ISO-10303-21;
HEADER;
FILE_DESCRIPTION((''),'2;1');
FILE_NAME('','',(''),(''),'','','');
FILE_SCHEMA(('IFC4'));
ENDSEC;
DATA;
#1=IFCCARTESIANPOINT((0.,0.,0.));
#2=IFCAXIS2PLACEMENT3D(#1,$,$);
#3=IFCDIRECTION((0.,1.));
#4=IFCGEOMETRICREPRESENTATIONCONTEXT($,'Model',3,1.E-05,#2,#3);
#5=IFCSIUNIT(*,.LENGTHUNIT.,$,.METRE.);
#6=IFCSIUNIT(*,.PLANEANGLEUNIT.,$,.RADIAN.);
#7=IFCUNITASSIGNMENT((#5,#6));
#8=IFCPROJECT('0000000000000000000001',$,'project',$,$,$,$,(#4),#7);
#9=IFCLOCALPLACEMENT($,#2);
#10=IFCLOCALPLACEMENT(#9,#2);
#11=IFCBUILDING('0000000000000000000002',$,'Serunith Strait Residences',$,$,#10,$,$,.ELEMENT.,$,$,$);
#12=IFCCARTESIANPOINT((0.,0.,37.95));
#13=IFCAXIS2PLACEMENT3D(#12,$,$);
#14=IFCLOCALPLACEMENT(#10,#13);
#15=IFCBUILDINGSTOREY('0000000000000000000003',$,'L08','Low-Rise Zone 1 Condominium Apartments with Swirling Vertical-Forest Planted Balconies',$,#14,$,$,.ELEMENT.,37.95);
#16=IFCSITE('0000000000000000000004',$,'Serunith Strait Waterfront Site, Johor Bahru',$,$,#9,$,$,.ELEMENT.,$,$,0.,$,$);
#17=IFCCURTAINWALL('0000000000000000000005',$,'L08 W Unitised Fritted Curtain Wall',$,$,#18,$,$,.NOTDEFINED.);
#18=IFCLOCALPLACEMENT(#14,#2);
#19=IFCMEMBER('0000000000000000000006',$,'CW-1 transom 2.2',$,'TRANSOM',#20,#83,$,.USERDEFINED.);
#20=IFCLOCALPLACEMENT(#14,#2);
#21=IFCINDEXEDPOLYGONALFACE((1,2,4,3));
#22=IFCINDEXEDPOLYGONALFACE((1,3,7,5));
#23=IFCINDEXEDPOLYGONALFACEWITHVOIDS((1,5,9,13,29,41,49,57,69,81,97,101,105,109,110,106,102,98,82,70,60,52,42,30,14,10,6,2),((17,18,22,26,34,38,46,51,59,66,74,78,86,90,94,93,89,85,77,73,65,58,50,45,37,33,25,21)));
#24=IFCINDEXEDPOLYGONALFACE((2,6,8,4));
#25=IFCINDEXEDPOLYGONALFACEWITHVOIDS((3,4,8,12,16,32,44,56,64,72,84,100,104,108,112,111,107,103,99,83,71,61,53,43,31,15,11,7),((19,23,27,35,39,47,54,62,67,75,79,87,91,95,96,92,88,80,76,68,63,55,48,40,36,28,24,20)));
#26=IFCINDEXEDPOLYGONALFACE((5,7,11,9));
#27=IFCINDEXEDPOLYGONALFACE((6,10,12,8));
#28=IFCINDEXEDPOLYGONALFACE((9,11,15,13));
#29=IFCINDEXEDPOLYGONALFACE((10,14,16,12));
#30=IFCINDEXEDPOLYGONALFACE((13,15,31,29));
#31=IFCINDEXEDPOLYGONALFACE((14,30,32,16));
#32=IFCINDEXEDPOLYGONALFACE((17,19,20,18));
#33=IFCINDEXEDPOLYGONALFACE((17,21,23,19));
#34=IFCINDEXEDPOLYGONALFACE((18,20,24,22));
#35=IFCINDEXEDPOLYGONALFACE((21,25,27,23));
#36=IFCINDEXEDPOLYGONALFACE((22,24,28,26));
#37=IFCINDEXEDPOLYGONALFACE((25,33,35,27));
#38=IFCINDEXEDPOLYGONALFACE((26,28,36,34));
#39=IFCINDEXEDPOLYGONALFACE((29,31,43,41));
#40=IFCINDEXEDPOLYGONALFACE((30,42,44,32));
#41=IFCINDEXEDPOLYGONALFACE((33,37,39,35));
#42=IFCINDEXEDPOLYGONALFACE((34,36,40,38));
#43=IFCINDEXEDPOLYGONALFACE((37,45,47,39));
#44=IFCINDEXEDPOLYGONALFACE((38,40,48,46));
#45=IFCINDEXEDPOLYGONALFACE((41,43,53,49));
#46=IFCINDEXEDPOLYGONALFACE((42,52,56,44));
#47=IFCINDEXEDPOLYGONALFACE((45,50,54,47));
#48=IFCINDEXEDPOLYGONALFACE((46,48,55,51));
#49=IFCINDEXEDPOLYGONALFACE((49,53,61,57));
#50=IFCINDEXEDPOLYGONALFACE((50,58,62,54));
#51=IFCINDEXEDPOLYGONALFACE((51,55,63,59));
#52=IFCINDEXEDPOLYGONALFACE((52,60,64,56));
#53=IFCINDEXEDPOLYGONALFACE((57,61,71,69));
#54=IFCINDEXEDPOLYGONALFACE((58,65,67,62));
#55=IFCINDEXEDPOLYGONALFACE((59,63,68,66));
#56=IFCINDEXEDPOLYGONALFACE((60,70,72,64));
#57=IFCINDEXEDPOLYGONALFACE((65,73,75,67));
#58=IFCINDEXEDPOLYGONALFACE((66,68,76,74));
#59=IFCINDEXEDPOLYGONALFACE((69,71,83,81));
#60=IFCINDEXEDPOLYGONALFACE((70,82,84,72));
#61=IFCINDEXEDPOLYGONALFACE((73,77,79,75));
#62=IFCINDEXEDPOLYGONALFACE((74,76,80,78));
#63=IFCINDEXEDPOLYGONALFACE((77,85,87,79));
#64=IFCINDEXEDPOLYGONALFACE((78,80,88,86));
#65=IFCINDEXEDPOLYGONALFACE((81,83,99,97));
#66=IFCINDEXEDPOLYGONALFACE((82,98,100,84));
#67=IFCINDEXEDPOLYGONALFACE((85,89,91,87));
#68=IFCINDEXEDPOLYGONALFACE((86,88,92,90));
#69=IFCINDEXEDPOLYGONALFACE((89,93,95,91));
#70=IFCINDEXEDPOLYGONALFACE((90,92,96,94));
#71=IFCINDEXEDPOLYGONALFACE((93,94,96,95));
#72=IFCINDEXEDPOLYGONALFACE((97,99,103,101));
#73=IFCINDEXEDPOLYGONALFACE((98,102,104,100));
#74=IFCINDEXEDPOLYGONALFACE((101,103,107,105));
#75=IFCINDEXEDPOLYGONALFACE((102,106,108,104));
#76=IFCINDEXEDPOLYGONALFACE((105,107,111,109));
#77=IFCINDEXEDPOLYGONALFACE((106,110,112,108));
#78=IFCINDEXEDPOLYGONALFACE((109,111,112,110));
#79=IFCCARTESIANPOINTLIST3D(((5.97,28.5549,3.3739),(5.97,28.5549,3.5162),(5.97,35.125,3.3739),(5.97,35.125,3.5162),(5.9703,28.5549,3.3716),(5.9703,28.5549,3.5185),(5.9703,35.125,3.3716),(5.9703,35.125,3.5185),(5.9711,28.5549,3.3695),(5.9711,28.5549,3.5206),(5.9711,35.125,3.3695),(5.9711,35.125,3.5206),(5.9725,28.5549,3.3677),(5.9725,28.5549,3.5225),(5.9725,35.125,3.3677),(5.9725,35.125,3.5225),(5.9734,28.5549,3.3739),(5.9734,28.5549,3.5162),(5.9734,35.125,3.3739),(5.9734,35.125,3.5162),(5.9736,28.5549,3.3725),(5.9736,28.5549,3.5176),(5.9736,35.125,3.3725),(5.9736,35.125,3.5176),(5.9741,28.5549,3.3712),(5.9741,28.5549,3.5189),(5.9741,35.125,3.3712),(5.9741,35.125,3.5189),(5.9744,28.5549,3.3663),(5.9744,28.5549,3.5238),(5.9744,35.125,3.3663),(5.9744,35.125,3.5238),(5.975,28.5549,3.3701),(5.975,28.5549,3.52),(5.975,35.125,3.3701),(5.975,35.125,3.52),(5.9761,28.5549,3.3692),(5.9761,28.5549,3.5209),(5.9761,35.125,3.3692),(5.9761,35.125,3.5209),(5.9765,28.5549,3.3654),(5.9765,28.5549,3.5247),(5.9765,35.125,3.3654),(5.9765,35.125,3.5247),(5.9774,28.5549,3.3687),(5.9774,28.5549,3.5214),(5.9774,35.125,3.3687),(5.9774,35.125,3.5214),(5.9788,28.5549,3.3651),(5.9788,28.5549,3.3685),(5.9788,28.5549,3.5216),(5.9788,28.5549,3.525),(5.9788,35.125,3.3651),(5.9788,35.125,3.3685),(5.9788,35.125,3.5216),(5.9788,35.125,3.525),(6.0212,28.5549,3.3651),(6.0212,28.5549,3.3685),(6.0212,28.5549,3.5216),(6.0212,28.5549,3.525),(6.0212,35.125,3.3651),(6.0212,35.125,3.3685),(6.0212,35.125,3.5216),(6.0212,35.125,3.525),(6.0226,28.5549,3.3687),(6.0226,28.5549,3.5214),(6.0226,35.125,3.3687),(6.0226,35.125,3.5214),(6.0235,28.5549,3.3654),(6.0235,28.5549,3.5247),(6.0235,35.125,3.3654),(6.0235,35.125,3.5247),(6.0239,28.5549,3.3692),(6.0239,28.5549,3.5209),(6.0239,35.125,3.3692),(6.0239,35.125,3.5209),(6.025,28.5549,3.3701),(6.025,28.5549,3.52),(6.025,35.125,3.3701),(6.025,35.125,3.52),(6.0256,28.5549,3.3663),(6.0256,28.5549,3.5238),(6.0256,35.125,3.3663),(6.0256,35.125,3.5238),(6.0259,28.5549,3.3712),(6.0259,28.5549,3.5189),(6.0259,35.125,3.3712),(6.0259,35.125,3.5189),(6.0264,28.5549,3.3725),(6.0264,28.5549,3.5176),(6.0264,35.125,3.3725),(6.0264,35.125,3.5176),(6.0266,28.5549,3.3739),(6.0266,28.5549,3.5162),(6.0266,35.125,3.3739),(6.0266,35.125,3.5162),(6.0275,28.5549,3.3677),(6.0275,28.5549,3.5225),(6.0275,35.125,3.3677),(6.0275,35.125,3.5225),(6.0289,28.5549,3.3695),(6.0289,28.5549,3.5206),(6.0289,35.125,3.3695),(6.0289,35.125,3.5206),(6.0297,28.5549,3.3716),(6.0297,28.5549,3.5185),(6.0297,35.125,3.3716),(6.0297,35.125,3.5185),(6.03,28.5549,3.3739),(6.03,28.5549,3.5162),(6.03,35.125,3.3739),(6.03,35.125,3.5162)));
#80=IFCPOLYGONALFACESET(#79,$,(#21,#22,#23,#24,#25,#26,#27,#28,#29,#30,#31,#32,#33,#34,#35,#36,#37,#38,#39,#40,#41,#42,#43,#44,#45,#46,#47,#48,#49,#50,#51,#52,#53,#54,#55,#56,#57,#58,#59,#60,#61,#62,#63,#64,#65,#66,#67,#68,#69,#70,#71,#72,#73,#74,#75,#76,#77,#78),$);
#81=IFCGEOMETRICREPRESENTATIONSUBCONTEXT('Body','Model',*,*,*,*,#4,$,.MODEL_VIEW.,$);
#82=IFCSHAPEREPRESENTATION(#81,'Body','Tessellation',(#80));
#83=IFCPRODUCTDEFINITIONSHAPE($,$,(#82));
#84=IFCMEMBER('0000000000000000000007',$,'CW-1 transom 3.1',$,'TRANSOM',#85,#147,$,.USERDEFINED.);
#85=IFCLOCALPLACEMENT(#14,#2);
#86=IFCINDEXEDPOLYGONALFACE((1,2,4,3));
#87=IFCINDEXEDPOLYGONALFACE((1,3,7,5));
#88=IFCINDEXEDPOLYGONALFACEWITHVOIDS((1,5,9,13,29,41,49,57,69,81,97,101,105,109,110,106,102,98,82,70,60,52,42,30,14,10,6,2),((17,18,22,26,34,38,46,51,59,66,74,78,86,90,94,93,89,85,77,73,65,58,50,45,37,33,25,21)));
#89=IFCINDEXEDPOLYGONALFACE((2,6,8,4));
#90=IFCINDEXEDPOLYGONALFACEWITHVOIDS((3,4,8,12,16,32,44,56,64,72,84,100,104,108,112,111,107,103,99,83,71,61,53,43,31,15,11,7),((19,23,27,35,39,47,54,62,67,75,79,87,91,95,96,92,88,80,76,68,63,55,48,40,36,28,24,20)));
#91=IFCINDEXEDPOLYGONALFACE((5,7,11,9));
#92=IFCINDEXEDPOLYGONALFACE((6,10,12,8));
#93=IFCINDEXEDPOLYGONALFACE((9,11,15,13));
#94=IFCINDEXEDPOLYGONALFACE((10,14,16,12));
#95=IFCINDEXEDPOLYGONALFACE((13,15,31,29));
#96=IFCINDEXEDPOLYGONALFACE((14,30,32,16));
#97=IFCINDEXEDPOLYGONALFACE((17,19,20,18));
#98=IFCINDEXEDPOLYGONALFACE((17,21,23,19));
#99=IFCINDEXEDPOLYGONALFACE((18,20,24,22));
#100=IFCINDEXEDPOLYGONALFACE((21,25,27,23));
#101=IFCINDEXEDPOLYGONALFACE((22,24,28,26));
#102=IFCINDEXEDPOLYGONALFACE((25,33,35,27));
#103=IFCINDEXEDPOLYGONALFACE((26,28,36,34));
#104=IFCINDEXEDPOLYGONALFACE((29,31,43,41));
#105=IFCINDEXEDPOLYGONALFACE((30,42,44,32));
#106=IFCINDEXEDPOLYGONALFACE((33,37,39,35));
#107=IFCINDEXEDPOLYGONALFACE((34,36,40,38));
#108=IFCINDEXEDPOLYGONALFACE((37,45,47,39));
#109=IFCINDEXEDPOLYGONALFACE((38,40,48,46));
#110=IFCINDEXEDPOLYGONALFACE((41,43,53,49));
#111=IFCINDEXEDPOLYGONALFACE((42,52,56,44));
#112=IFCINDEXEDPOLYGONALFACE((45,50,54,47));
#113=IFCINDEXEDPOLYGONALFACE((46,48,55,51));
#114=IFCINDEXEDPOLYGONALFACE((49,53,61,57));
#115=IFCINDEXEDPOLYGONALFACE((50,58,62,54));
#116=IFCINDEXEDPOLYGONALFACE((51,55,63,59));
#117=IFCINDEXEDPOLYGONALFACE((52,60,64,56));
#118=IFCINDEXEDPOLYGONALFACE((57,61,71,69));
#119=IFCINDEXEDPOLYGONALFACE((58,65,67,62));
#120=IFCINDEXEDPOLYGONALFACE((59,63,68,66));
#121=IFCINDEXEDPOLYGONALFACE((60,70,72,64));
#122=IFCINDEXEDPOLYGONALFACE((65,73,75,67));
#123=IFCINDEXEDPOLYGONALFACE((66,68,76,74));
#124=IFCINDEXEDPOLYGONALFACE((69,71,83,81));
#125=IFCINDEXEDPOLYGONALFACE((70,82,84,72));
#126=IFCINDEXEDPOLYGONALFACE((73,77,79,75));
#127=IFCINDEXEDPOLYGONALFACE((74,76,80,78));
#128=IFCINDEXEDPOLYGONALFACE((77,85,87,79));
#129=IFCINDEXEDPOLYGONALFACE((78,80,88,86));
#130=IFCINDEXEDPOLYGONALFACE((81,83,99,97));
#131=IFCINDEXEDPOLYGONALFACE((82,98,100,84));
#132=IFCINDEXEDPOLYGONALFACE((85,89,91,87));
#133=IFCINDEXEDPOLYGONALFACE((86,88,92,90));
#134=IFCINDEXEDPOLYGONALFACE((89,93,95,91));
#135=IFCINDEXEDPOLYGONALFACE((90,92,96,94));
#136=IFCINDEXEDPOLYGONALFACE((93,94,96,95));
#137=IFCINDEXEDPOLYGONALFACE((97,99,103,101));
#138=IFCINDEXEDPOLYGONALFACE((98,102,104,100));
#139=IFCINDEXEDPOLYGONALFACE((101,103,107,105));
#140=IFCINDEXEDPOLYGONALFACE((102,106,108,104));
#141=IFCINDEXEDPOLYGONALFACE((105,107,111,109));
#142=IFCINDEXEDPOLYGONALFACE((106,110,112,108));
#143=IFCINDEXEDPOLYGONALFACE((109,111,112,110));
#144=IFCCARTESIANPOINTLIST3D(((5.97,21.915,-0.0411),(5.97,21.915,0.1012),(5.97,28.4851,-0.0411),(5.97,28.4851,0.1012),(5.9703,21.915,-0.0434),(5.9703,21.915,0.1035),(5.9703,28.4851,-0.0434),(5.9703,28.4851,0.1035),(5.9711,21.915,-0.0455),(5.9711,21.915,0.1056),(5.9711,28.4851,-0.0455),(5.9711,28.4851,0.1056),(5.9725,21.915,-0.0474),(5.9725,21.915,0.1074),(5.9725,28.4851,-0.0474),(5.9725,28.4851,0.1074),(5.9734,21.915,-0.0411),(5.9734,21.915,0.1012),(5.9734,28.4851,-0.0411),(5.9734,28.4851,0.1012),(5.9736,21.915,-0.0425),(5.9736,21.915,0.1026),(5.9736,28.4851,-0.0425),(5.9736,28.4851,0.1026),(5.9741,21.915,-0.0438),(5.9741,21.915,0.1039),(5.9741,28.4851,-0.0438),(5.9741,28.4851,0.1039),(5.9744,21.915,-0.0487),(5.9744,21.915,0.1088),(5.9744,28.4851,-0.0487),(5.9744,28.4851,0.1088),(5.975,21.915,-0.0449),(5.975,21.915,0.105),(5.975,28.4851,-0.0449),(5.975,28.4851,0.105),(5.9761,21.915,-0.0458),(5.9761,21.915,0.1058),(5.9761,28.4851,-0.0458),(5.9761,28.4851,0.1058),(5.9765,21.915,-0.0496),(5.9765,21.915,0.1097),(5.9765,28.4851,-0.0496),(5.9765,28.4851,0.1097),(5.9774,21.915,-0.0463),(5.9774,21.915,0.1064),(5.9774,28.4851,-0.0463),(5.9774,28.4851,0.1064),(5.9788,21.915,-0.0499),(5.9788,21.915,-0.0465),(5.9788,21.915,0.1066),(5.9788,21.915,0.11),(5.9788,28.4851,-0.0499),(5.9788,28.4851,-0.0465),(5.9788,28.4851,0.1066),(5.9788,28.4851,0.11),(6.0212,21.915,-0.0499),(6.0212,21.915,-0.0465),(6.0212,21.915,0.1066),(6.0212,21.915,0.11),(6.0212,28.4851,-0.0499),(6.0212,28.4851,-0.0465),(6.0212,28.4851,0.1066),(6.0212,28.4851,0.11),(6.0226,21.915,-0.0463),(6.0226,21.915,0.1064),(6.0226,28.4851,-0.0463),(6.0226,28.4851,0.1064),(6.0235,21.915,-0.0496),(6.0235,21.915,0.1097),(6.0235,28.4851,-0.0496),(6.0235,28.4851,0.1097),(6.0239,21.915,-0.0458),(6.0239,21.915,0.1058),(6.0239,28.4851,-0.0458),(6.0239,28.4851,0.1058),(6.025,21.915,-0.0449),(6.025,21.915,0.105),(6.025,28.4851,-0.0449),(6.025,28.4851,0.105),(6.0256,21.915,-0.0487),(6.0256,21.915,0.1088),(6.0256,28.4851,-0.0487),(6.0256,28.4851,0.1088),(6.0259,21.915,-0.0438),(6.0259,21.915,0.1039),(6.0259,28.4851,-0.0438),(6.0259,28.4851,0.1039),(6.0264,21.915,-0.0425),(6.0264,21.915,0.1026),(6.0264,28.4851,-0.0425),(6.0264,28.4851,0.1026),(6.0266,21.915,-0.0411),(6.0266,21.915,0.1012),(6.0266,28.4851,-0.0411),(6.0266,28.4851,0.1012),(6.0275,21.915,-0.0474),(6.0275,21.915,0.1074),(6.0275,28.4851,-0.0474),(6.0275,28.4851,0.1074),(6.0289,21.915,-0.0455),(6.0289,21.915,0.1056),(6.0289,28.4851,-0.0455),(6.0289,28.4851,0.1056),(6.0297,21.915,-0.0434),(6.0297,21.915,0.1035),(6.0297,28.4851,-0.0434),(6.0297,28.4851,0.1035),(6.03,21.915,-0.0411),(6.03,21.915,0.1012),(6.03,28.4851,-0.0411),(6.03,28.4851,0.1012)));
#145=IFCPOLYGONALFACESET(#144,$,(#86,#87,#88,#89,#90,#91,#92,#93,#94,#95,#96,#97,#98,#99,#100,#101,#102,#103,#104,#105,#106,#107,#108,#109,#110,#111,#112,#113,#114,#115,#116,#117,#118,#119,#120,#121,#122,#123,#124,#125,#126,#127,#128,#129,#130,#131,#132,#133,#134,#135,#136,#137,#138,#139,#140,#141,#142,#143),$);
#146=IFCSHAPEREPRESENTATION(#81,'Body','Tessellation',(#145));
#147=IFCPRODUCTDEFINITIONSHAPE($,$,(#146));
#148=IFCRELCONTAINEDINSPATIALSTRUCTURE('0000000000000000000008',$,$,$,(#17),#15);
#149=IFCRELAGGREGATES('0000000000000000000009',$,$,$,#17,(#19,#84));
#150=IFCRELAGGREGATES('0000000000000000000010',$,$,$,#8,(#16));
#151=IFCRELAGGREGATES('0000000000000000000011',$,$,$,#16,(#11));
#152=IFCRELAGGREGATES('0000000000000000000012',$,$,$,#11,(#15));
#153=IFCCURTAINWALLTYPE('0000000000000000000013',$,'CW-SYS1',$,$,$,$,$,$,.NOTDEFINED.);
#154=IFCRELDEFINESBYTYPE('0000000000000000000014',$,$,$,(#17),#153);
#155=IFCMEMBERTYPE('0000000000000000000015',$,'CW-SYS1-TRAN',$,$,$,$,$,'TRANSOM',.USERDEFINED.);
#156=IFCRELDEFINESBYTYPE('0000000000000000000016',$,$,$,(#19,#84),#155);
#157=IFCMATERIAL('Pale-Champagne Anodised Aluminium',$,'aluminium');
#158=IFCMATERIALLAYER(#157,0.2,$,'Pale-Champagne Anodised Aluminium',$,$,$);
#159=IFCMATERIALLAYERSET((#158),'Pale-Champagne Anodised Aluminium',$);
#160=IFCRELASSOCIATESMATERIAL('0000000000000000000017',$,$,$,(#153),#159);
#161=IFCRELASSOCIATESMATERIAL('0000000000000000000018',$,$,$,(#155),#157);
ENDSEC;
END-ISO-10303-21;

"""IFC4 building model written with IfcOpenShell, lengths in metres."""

from ifc_helpers import new_model, si_unit, direction, frame, origin, origin_2d, place, context, subcontext, project, spatial, hollow_rectangle, extrude, source, transform, mapped, material, layer, layer_set, material_profile, profile_set, type_object, element, aggregate, save


model = new_model("IFC4")

# Units and contexts
model_context = context("Model", 3, precision=1e-05, world=origin(), true_north=direction((0.0, 1.0)))
body_context = subcontext(model_context, "Body", "Model", "MODEL_VIEW")
ifc_project = project(units=[si_unit("LENGTHUNIT", "METRE"), si_unit("PLANEANGLEUNIT", "RADIAN")], contexts=[model_context])

# Site, building, storey
site_placement = place(None, origin())
site = spatial("IfcSite", under=ifc_project, at=site_placement, Name="Serunith Strait Waterfront Site, Johor Bahru", CompositionType="ELEMENT", RefElevation=0.0)
building_placement = place(site_placement, origin())
building = spatial("IfcBuilding", under=site, at=building_placement, Name="Serunith Strait Residences", CompositionType="ELEMENT")
storey_placement = place(building_placement, frame((0.0, 0.0, 37.95)))
storey = spatial("IfcBuildingStorey", under=building, at=storey_placement, Name="L08", Description="Low-Rise Zone 1 Condominium Apartments with Swirling Vertical-Forest Planted Balconies", CompositionType="ELEMENT", Elevation=37.95)

# Curtain wall, members
ifc_material_1 = material(Name="Pale-Champagne Anodised Aluminium", Category="aluminium")
ifc_layer_1 = layer(ifc_material_1, 0.2, Name="Pale-Champagne Anodised Aluminium")
ifc_layer_set_1 = layer_set([ifc_layer_1], Name="Pale-Champagne Anodised Aluminium")
curtain_wall_type = type_object("IfcCurtainWallType", Name="CW-SYS1", PredefinedType="NOTDEFINED", material=ifc_layer_set_1)
curtain_wall_placement = place(storey_placement, origin())
curtain_wall = element("IfcCurtainWall", 1, at=curtain_wall_placement, inside=storey, type_object=curtain_wall_type, Name="L08 W Unitised Fritted Curtain Wall", PredefinedType="NOTDEFINED")
ifc_material_profile_1 = material_profile(ifc_material_1, hollow_rectangle(XDim=0.0601, YDim=0.1599, WallThickness=0.0034, InnerFilletRadius=0.0054, OuterFilletRadius=0.0088, at=origin_2d()), Name="ALU 160x60x3.5")
ifc_profile_set_1 = profile_set([ifc_material_profile_1], Name="Pale-Champagne Anodised Aluminium")
member_type_1 = type_object("IfcMemberType", Name="CW-SYS1-TRAN", ElementType="TRANSOM", PredefinedType="USERDEFINED", material=ifc_profile_set_1)
shared_shape_1 = source(origin(), body_context, "Body", "SweptSolid", [
    extrude(hollow_rectangle(XDim=0.0601, YDim=0.1599, WallThickness=0.0034, InnerFilletRadius=0.0054, OuterFilletRadius=0.0088, at=origin_2d()), origin(), (0.0, 0.0, 1.0), 6.5701),
])
member_1_placement = place(storey_placement, frame((6.0, 35.125, 3.4451), z_axis=(0.0, -1.0, 0.0), x_axis=(1.0, 0.0, 0.0)))
member_1 = element("IfcMember", 2, at=member_1_placement, type_object=member_type_1, Name="CW-1 transom 2.2", ObjectType="TRANSOM", PredefinedType="USERDEFINED", context=body_context, shape_type="MappedRepresentation", body=[
    mapped(shared_shape_1, transform((0.0, 0.0, 0.0), scale=1.0)),
])
member_2_placement = place(storey_placement, frame((6.0, 28.4851, 0.03), z_axis=(0.0, -1.0, 0.0), x_axis=(1.0, 0.0, 0.0)))
member_2 = element("IfcMember", 3, at=member_2_placement, type_object=member_type_1, Name="CW-1 transom 3.1", ObjectType="TRANSOM", PredefinedType="USERDEFINED", context=body_context, shape_type="MappedRepresentation", body=[
    mapped(shared_shape_1, transform((0.0, 0.0, 0.0), scale=1.0)),
])
aggregate(curtain_wall, [member_1, member_2])

save(model, "model.ifc")
